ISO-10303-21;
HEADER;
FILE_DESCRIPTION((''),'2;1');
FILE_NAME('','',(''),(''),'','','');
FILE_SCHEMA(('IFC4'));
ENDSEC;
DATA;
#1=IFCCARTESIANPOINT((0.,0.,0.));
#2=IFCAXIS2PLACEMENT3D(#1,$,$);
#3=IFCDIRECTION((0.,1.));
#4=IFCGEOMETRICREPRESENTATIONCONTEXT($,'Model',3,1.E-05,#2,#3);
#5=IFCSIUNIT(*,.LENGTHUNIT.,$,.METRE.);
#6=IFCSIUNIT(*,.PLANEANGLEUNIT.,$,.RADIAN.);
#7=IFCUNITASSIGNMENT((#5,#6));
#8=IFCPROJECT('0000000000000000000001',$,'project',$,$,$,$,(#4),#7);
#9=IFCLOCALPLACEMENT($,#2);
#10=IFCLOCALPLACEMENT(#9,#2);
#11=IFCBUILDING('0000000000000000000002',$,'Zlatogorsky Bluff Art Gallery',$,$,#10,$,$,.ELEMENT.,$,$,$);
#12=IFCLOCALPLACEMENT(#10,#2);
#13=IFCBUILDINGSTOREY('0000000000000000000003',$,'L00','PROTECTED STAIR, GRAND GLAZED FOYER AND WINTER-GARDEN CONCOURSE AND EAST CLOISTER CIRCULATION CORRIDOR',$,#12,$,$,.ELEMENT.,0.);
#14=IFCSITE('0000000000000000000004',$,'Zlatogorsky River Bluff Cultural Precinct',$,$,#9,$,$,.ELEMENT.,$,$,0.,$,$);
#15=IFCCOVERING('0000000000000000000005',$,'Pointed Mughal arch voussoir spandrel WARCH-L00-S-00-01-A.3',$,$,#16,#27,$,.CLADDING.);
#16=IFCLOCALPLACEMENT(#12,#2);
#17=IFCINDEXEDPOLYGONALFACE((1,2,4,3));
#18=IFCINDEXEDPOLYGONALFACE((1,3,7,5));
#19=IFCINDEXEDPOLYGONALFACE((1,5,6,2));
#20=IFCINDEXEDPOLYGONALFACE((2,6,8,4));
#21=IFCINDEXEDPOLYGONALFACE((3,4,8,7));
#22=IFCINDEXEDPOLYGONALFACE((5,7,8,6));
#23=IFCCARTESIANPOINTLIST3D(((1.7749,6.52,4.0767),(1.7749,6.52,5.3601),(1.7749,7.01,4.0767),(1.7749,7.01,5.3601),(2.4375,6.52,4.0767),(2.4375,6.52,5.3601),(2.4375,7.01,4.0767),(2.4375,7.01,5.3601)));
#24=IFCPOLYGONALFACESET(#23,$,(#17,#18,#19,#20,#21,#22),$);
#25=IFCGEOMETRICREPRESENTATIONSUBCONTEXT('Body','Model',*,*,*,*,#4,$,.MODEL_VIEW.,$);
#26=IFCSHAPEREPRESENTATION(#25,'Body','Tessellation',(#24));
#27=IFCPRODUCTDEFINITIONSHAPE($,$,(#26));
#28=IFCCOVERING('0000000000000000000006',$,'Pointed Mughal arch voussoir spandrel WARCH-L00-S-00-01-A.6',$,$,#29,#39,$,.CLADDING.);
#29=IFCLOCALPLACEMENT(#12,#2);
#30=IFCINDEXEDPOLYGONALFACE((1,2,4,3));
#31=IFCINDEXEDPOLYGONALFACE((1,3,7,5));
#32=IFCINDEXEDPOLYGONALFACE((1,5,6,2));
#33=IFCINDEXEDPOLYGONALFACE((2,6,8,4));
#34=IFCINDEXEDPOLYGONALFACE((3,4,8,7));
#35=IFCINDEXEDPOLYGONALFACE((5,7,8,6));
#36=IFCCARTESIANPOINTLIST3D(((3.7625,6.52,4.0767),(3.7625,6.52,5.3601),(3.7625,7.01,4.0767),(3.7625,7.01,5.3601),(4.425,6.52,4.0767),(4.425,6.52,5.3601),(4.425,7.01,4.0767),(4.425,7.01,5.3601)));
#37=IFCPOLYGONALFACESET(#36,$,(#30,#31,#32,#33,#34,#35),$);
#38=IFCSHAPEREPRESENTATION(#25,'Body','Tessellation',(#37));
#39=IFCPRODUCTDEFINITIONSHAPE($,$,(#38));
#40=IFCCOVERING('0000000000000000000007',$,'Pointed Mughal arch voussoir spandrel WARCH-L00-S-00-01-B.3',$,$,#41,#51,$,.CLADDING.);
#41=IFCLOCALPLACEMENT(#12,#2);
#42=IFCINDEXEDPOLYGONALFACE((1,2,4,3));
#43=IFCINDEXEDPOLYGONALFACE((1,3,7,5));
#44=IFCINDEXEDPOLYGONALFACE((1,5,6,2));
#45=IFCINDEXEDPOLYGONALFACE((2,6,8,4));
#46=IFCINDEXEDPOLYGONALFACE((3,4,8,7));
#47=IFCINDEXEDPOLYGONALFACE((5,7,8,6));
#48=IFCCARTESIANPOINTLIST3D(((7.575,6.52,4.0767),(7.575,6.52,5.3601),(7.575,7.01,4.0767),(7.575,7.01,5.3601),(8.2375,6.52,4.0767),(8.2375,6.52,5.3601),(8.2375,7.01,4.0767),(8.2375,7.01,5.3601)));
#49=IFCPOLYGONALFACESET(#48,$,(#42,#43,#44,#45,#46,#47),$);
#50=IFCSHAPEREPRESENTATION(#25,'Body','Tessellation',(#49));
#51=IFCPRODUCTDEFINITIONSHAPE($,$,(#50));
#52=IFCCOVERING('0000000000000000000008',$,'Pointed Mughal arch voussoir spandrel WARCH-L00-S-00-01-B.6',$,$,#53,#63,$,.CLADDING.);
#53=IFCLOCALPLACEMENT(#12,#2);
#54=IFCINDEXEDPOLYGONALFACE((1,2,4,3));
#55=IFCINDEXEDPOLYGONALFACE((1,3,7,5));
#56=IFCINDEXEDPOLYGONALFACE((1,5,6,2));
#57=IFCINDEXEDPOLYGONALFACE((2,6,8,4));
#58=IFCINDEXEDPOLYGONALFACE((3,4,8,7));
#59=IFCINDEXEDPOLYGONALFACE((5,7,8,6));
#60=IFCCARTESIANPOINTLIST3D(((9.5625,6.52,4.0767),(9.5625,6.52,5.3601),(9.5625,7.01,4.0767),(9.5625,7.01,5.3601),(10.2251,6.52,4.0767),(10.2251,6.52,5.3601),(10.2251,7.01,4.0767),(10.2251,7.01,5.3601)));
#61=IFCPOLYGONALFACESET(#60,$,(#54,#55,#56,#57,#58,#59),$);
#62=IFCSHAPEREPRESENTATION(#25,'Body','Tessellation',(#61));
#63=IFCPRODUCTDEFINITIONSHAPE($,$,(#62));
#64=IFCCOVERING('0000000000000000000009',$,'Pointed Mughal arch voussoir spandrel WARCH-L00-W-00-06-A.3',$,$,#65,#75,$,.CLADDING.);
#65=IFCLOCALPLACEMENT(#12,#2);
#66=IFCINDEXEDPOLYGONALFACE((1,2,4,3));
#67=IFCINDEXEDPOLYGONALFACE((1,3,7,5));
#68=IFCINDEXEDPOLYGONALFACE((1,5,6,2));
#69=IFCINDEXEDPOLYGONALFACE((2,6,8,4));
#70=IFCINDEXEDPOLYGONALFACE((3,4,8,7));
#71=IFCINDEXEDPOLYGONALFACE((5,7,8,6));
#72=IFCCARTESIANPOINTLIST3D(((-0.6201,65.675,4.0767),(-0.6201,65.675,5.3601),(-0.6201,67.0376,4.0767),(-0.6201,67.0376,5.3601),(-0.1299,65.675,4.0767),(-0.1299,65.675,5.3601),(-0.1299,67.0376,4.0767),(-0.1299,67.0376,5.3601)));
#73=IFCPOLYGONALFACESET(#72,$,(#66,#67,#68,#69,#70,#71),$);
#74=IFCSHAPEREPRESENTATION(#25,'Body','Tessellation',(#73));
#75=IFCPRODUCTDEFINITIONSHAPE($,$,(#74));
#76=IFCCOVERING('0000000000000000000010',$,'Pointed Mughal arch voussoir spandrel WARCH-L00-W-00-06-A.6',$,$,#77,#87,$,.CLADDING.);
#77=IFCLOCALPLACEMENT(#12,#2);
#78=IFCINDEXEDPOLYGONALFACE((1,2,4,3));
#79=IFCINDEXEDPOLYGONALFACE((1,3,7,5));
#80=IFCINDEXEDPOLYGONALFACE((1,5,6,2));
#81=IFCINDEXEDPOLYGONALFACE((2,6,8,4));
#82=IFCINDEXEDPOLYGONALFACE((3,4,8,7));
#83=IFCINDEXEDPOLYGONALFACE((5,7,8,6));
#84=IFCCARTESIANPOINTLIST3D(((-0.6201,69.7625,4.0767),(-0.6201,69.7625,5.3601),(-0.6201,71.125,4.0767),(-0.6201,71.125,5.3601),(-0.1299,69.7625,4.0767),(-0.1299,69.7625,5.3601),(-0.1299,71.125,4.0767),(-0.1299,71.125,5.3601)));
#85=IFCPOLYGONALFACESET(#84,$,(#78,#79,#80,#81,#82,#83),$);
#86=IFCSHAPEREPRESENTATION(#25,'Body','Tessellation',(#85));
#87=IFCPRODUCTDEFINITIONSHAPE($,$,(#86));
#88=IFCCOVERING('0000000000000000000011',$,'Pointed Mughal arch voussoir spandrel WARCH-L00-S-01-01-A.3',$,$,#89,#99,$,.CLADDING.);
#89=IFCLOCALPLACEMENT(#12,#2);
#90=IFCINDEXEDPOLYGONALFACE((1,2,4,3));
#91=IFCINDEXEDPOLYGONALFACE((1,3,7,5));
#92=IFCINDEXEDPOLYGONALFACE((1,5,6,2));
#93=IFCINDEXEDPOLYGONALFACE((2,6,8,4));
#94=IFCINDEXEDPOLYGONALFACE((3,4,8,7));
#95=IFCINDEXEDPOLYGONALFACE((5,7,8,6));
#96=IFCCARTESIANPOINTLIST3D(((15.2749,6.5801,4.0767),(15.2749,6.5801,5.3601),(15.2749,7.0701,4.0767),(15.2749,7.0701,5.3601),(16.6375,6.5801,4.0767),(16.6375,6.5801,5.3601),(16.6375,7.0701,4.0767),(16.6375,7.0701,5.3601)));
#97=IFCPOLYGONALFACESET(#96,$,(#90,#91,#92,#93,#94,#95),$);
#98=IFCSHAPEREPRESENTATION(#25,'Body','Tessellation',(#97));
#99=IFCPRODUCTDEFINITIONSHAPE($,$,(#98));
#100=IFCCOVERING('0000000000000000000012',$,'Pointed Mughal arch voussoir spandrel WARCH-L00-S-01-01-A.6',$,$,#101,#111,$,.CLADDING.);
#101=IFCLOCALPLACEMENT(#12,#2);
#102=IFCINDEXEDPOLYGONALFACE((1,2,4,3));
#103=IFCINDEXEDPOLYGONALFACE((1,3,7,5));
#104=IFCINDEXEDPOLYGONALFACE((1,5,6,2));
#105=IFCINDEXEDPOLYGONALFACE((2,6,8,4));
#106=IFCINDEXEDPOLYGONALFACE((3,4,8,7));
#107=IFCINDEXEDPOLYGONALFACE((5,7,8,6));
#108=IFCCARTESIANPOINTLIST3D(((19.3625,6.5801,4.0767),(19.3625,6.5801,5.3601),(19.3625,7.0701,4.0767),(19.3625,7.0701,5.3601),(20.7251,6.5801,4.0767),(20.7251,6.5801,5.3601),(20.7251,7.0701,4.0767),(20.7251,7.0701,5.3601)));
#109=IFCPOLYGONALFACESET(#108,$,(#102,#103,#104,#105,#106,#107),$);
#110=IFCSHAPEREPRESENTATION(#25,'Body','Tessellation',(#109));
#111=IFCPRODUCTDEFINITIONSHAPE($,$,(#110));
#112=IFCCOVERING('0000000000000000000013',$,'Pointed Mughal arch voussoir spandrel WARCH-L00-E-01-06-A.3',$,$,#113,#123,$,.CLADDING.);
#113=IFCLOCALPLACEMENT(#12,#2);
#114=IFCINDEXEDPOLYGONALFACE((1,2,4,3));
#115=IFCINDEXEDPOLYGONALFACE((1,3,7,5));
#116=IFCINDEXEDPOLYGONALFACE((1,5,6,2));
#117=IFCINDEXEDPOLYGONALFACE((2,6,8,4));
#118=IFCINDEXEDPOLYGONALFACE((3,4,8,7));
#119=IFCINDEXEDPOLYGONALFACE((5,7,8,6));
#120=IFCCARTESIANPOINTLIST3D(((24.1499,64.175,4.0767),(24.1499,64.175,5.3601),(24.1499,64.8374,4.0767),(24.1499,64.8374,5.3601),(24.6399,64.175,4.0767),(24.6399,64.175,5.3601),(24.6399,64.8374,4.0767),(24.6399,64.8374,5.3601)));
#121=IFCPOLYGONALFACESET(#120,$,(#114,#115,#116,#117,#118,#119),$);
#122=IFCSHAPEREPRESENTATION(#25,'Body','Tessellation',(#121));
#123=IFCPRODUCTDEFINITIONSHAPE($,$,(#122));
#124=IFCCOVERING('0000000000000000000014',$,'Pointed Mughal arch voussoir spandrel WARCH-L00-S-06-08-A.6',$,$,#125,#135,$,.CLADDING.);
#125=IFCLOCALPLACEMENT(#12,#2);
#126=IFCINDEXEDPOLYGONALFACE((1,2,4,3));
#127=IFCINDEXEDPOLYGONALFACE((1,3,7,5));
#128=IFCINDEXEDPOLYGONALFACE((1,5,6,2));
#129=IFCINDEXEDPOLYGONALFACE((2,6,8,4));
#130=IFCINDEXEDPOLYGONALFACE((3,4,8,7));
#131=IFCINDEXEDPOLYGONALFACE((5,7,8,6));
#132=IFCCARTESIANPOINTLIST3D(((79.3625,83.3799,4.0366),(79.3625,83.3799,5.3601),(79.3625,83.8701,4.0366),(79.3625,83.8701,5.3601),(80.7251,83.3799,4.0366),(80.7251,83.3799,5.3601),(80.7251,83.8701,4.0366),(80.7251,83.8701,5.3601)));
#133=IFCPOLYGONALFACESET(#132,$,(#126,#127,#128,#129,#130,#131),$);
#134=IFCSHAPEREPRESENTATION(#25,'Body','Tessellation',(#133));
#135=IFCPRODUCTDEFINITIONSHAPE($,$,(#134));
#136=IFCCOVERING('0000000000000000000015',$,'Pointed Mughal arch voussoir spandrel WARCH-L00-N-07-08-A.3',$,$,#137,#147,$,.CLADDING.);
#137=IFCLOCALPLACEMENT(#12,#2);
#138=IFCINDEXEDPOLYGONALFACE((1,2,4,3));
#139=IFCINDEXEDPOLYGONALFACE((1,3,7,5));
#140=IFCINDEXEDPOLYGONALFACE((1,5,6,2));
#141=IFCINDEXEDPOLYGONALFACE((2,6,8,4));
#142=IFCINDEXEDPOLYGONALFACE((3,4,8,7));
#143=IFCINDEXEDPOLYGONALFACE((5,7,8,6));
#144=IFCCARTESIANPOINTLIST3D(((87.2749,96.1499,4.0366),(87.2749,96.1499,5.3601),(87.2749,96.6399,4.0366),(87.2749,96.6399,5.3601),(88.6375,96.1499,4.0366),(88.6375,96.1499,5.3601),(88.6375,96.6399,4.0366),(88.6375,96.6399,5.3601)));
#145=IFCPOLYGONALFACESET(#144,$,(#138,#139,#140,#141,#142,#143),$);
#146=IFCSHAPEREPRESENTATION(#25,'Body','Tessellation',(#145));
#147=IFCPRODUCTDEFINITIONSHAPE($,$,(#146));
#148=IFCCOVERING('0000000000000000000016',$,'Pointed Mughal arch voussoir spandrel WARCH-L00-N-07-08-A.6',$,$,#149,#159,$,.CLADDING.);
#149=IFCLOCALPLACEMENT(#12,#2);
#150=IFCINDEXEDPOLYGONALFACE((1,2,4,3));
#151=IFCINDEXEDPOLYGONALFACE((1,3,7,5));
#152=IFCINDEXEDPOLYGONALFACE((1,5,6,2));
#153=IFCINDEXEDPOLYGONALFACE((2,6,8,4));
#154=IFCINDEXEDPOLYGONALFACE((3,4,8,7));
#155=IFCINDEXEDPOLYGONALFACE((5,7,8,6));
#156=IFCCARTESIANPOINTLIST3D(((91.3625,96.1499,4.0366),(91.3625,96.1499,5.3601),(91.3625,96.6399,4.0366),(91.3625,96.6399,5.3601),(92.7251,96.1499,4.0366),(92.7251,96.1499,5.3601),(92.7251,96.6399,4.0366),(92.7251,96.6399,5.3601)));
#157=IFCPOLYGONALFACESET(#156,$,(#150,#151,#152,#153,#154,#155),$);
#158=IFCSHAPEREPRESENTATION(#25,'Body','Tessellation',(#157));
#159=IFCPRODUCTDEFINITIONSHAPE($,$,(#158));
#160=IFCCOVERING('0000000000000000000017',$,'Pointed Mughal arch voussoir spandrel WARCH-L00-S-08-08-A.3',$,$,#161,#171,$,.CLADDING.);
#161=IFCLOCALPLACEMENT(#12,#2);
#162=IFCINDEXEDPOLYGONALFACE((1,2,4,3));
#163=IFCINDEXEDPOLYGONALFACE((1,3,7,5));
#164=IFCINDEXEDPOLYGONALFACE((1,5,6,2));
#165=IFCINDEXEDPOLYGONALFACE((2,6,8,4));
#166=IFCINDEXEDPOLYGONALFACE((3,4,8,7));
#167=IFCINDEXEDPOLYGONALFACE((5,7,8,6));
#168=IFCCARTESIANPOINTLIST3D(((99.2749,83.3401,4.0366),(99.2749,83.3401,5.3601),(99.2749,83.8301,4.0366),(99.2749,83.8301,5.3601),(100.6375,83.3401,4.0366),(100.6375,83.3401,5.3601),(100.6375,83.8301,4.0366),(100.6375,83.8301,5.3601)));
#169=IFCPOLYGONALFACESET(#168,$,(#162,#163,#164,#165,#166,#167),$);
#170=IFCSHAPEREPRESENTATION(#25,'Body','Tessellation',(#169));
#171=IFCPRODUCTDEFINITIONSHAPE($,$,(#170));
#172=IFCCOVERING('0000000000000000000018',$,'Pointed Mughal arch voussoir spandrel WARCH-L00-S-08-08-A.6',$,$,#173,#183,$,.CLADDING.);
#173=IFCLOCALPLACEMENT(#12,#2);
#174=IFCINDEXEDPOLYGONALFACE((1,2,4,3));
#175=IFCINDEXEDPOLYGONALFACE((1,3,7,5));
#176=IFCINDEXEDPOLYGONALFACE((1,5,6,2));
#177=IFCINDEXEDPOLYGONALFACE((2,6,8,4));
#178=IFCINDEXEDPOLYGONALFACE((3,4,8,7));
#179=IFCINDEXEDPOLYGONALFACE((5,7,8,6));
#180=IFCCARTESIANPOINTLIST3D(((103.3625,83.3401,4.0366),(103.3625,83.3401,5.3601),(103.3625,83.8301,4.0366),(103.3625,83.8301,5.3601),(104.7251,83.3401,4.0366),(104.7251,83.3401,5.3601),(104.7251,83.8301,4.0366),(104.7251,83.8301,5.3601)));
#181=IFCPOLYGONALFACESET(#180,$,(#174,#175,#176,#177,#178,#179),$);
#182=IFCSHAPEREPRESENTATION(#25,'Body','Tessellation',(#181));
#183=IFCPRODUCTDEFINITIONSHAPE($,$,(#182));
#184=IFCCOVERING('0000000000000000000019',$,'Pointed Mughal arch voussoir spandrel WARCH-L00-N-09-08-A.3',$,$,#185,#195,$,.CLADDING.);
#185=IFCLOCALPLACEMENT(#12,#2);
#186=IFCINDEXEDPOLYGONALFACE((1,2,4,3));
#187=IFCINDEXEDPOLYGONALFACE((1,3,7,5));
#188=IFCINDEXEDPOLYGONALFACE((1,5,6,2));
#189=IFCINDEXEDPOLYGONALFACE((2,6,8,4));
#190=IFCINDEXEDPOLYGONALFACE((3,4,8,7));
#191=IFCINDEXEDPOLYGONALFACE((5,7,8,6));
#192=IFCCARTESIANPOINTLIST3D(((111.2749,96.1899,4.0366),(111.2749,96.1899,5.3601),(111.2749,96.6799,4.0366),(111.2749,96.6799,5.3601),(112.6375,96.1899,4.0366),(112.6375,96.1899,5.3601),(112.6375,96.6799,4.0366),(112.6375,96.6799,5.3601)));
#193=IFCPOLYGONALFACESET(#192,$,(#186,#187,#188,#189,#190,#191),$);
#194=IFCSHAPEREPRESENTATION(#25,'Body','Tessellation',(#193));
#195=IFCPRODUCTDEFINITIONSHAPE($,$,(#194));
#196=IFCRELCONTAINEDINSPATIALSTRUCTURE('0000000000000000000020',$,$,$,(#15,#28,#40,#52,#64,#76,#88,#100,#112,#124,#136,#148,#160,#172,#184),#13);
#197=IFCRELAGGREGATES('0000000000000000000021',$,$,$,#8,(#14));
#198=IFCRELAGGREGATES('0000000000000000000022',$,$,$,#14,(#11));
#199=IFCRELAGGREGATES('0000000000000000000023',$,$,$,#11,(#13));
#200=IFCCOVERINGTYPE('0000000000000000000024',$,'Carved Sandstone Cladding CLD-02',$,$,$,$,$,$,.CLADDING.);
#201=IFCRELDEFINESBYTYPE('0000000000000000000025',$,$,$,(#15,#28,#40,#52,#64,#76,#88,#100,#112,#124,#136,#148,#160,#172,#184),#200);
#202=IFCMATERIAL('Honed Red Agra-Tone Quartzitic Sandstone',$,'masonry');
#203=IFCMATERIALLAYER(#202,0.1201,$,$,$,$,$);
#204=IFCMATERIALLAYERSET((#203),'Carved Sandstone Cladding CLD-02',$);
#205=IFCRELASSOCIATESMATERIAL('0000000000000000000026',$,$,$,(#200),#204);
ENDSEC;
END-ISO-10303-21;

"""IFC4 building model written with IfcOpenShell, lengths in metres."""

from ifc_helpers import new_model, si_unit, direction, frame, origin, place, context, subcontext, project, spatial, polyline, outline, extrude, material, layer, layer_set, type_object, element, save


model = new_model("IFC4")

# Units and contexts
model_context = context("Model", 3, precision=1e-05, world=origin(), true_north=direction((0.0, 1.0)))
body_context = subcontext(model_context, "Body", "Model", "MODEL_VIEW")
ifc_project = project(units=[si_unit("LENGTHUNIT", "METRE"), si_unit("PLANEANGLEUNIT", "RADIAN")], contexts=[model_context])

# Site, building, storey
site_placement = place(None, origin())
site = spatial("IfcSite", under=ifc_project, at=site_placement, Name="Zlatogorsky River Bluff Cultural Precinct", CompositionType="ELEMENT", RefElevation=0.0)
building_placement = place(site_placement, origin())
building = spatial("IfcBuilding", under=site, at=building_placement, Name="Zlatogorsky Bluff Art Gallery", CompositionType="ELEMENT")
storey_placement = place(building_placement, origin())
storey = spatial("IfcBuildingStorey", under=building, at=storey_placement, Name="L00", Description="PROTECTED STAIR, GRAND GLAZED FOYER AND WINTER-GARDEN CONCOURSE AND EAST CLOISTER CIRCULATION CORRIDOR", CompositionType="ELEMENT", Elevation=0.0)

# Coverings
ifc_material = material(Name="Honed Red Agra-Tone Quartzitic Sandstone", Category="masonry")
ifc_layer = layer(ifc_material, 0.1201)
ifc_layer_set = layer_set([ifc_layer], Name="Carved Sandstone Cladding CLD-02")
covering_type = type_object("IfcCoveringType", Name="Carved Sandstone Cladding CLD-02", PredefinedType="CLADDING", material=ifc_layer_set)
covering_1_placement = place(storey_placement, frame((0.0, 0.0, 4.0767)))
element("IfcCovering", 1, at=covering_1_placement, inside=storey, type_object=covering_type, Name="Pointed Mughal arch voussoir spandrel WARCH-L00-S-00-01-A.3", PredefinedType="CLADDING", context=body_context, shape_type="SweptSolid", body=[
    extrude(outline(polyline([(1.7749, 6.52), (2.4375, 6.52), (2.4375, 7.01), (1.7749, 7.01), (1.7749, 6.52)])), origin(), (0.0, 0.0, 1.0), 1.2834),
])
covering_2_placement = place(storey_placement, frame((0.0, 0.0, 4.0767)))
element("IfcCovering", 2, at=covering_2_placement, inside=storey, type_object=covering_type, Name="Pointed Mughal arch voussoir spandrel WARCH-L00-S-00-01-A.6", PredefinedType="CLADDING", context=body_context, shape_type="SweptSolid", body=[
    extrude(outline(polyline([(3.7625, 6.52), (4.425, 6.52), (4.425, 7.01), (3.7625, 7.01), (3.7625, 6.52)])), origin(), (0.0, 0.0, 1.0), 1.2834),
])
covering_3_placement = place(storey_placement, frame((0.0, 0.0, 4.0767)))
element("IfcCovering", 3, at=covering_3_placement, inside=storey, type_object=covering_type, Name="Pointed Mughal arch voussoir spandrel WARCH-L00-S-00-01-B.3", PredefinedType="CLADDING", context=body_context, shape_type="SweptSolid", body=[
    extrude(outline(polyline([(7.575, 6.52), (8.2375, 6.52), (8.2375, 7.01), (7.575, 7.01), (7.575, 6.52)])), origin(), (0.0, 0.0, 1.0), 1.2834),
])
covering_4_placement = place(storey_placement, frame((0.0, 0.0, 4.0767)))
element("IfcCovering", 4, at=covering_4_placement, inside=storey, type_object=covering_type, Name="Pointed Mughal arch voussoir spandrel WARCH-L00-S-00-01-B.6", PredefinedType="CLADDING", context=body_context, shape_type="SweptSolid", body=[
    extrude(outline(polyline([(9.5625, 6.52), (10.2251, 6.52), (10.2251, 7.01), (9.5625, 7.01), (9.5625, 6.52)])), origin(), (0.0, 0.0, 1.0), 1.2834),
])
covering_5_placement = place(storey_placement, frame((0.0, 0.0, 4.0767)))
element("IfcCovering", 5, at=covering_5_placement, inside=storey, type_object=covering_type, Name="Pointed Mughal arch voussoir spandrel WARCH-L00-W-00-06-A.3", PredefinedType="CLADDING", context=body_context, shape_type="SweptSolid", body=[
    extrude(outline(polyline([(-0.6201, 65.675), (-0.6201, 67.0376), (-0.1299, 67.0376), (-0.1299, 65.675), (-0.6201, 65.675)])), origin(), (0.0, 0.0, 1.0), 1.2834),
])
covering_6_placement = place(storey_placement, frame((0.0, 0.0, 4.0767)))
element("IfcCovering", 6, at=covering_6_placement, inside=storey, type_object=covering_type, Name="Pointed Mughal arch voussoir spandrel WARCH-L00-W-00-06-A.6", PredefinedType="CLADDING", context=body_context, shape_type="SweptSolid", body=[
    extrude(outline(polyline([(-0.6201, 69.7625), (-0.6201, 71.125), (-0.1299, 71.125), (-0.1299, 69.7625), (-0.6201, 69.7625)])), origin(), (0.0, 0.0, 1.0), 1.2834),
])
covering_7_placement = place(storey_placement, frame((0.0, 0.0, 4.0767)))
element("IfcCovering", 7, at=covering_7_placement, inside=storey, type_object=covering_type, Name="Pointed Mughal arch voussoir spandrel WARCH-L00-S-01-01-A.3", PredefinedType="CLADDING", context=body_context, shape_type="SweptSolid", body=[
    extrude(outline(polyline([(15.2749, 6.5801), (16.6375, 6.5801), (16.6375, 7.0701), (15.2749, 7.0701), (15.2749, 6.5801)])), origin(), (0.0, 0.0, 1.0), 1.2834),
])
covering_8_placement = place(storey_placement, frame((0.0, 0.0, 4.0767)))
element("IfcCovering", 8, at=covering_8_placement, inside=storey, type_object=covering_type, Name="Pointed Mughal arch voussoir spandrel WARCH-L00-S-01-01-A.6", PredefinedType="CLADDING", context=body_context, shape_type="SweptSolid", body=[
    extrude(outline(polyline([(19.3625, 6.5801), (20.7251, 6.5801), (20.7251, 7.0701), (19.3625, 7.0701), (19.3625, 6.5801)])), origin(), (0.0, 0.0, 1.0), 1.2834),
])
covering_9_placement = place(storey_placement, frame((0.0, 0.0, 4.0767)))
element("IfcCovering", 9, at=covering_9_placement, inside=storey, type_object=covering_type, Name="Pointed Mughal arch voussoir spandrel WARCH-L00-E-01-06-A.3", PredefinedType="CLADDING", context=body_context, shape_type="SweptSolid", body=[
    extrude(outline(polyline([(24.1499, 64.175), (24.1499, 64.8374), (24.6399, 64.8374), (24.6399, 64.175), (24.1499, 64.175)])), origin(), (0.0, 0.0, 1.0), 1.2834),
])
covering_10_placement = place(storey_placement, frame((0.0, 0.0, 4.0366)))
element("IfcCovering", 10, at=covering_10_placement, inside=storey, type_object=covering_type, Name="Pointed Mughal arch voussoir spandrel WARCH-L00-S-06-08-A.6", PredefinedType="CLADDING", context=body_context, shape_type="SweptSolid", body=[
    extrude(outline(polyline([(79.3625, 83.3799), (80.7251, 83.3799), (80.7251, 83.8701), (79.3625, 83.8701), (79.3625, 83.3799)])), origin(), (0.0, 0.0, 1.0), 1.3235),
])
covering_11_placement = place(storey_placement, frame((0.0, 0.0, 4.0366)))
element("IfcCovering", 11, at=covering_11_placement, inside=storey, type_object=covering_type, Name="Pointed Mughal arch voussoir spandrel WARCH-L00-N-07-08-A.3", PredefinedType="CLADDING", context=body_context, shape_type="SweptSolid", body=[
    extrude(outline(polyline([(87.2749, 96.1499), (88.6375, 96.1499), (88.6375, 96.6399), (87.2749, 96.6399), (87.2749, 96.1499)])), origin(), (0.0, 0.0, 1.0), 1.3235),
])
covering_12_placement = place(storey_placement, frame((0.0, 0.0, 4.0366)))
element("IfcCovering", 12, at=covering_12_placement, inside=storey, type_object=covering_type, Name="Pointed Mughal arch voussoir spandrel WARCH-L00-N-07-08-A.6", PredefinedType="CLADDING", context=body_context, shape_type="SweptSolid", body=[
    extrude(outline(polyline([(91.3625, 96.1499), (92.7251, 96.1499), (92.7251, 96.6399), (91.3625, 96.6399), (91.3625, 96.1499)])), origin(), (0.0, 0.0, 1.0), 1.3235),
])
covering_13_placement = place(storey_placement, frame((0.0, 0.0, 4.0366)))
element("IfcCovering", 13, at=covering_13_placement, inside=storey, type_object=covering_type, Name="Pointed Mughal arch voussoir spandrel WARCH-L00-S-08-08-A.3", PredefinedType="CLADDING", context=body_context, shape_type="SweptSolid", body=[
    extrude(outline(polyline([(99.2749, 83.3401), (100.6375, 83.3401), (100.6375, 83.8301), (99.2749, 83.8301), (99.2749, 83.3401)])), origin(), (0.0, 0.0, 1.0), 1.3235),
])
covering_14_placement = place(storey_placement, frame((0.0, 0.0, 4.0366)))
element("IfcCovering", 14, at=covering_14_placement, inside=storey, type_object=covering_type, Name="Pointed Mughal arch voussoir spandrel WARCH-L00-S-08-08-A.6", PredefinedType="CLADDING", context=body_context, shape_type="SweptSolid", body=[
    extrude(outline(polyline([(103.3625, 83.3401), (104.7251, 83.3401), (104.7251, 83.8301), (103.3625, 83.8301), (103.3625, 83.3401)])), origin(), (0.0, 0.0, 1.0), 1.3235),
])
covering_15_placement = place(storey_placement, frame((0.0, 0.0, 4.0366)))
element("IfcCovering", 15, at=covering_15_placement, inside=storey, type_object=covering_type, Name="Pointed Mughal arch voussoir spandrel WARCH-L00-N-09-08-A.3", PredefinedType="CLADDING", context=body_context, shape_type="SweptSolid", body=[
    extrude(outline(polyline([(111.2749, 96.1899), (112.6375, 96.1899), (112.6375, 96.6799), (111.2749, 96.6799), (111.2749, 96.1899)])), origin(), (0.0, 0.0, 1.0), 1.3235),
])

save(model, "model.ifc")
